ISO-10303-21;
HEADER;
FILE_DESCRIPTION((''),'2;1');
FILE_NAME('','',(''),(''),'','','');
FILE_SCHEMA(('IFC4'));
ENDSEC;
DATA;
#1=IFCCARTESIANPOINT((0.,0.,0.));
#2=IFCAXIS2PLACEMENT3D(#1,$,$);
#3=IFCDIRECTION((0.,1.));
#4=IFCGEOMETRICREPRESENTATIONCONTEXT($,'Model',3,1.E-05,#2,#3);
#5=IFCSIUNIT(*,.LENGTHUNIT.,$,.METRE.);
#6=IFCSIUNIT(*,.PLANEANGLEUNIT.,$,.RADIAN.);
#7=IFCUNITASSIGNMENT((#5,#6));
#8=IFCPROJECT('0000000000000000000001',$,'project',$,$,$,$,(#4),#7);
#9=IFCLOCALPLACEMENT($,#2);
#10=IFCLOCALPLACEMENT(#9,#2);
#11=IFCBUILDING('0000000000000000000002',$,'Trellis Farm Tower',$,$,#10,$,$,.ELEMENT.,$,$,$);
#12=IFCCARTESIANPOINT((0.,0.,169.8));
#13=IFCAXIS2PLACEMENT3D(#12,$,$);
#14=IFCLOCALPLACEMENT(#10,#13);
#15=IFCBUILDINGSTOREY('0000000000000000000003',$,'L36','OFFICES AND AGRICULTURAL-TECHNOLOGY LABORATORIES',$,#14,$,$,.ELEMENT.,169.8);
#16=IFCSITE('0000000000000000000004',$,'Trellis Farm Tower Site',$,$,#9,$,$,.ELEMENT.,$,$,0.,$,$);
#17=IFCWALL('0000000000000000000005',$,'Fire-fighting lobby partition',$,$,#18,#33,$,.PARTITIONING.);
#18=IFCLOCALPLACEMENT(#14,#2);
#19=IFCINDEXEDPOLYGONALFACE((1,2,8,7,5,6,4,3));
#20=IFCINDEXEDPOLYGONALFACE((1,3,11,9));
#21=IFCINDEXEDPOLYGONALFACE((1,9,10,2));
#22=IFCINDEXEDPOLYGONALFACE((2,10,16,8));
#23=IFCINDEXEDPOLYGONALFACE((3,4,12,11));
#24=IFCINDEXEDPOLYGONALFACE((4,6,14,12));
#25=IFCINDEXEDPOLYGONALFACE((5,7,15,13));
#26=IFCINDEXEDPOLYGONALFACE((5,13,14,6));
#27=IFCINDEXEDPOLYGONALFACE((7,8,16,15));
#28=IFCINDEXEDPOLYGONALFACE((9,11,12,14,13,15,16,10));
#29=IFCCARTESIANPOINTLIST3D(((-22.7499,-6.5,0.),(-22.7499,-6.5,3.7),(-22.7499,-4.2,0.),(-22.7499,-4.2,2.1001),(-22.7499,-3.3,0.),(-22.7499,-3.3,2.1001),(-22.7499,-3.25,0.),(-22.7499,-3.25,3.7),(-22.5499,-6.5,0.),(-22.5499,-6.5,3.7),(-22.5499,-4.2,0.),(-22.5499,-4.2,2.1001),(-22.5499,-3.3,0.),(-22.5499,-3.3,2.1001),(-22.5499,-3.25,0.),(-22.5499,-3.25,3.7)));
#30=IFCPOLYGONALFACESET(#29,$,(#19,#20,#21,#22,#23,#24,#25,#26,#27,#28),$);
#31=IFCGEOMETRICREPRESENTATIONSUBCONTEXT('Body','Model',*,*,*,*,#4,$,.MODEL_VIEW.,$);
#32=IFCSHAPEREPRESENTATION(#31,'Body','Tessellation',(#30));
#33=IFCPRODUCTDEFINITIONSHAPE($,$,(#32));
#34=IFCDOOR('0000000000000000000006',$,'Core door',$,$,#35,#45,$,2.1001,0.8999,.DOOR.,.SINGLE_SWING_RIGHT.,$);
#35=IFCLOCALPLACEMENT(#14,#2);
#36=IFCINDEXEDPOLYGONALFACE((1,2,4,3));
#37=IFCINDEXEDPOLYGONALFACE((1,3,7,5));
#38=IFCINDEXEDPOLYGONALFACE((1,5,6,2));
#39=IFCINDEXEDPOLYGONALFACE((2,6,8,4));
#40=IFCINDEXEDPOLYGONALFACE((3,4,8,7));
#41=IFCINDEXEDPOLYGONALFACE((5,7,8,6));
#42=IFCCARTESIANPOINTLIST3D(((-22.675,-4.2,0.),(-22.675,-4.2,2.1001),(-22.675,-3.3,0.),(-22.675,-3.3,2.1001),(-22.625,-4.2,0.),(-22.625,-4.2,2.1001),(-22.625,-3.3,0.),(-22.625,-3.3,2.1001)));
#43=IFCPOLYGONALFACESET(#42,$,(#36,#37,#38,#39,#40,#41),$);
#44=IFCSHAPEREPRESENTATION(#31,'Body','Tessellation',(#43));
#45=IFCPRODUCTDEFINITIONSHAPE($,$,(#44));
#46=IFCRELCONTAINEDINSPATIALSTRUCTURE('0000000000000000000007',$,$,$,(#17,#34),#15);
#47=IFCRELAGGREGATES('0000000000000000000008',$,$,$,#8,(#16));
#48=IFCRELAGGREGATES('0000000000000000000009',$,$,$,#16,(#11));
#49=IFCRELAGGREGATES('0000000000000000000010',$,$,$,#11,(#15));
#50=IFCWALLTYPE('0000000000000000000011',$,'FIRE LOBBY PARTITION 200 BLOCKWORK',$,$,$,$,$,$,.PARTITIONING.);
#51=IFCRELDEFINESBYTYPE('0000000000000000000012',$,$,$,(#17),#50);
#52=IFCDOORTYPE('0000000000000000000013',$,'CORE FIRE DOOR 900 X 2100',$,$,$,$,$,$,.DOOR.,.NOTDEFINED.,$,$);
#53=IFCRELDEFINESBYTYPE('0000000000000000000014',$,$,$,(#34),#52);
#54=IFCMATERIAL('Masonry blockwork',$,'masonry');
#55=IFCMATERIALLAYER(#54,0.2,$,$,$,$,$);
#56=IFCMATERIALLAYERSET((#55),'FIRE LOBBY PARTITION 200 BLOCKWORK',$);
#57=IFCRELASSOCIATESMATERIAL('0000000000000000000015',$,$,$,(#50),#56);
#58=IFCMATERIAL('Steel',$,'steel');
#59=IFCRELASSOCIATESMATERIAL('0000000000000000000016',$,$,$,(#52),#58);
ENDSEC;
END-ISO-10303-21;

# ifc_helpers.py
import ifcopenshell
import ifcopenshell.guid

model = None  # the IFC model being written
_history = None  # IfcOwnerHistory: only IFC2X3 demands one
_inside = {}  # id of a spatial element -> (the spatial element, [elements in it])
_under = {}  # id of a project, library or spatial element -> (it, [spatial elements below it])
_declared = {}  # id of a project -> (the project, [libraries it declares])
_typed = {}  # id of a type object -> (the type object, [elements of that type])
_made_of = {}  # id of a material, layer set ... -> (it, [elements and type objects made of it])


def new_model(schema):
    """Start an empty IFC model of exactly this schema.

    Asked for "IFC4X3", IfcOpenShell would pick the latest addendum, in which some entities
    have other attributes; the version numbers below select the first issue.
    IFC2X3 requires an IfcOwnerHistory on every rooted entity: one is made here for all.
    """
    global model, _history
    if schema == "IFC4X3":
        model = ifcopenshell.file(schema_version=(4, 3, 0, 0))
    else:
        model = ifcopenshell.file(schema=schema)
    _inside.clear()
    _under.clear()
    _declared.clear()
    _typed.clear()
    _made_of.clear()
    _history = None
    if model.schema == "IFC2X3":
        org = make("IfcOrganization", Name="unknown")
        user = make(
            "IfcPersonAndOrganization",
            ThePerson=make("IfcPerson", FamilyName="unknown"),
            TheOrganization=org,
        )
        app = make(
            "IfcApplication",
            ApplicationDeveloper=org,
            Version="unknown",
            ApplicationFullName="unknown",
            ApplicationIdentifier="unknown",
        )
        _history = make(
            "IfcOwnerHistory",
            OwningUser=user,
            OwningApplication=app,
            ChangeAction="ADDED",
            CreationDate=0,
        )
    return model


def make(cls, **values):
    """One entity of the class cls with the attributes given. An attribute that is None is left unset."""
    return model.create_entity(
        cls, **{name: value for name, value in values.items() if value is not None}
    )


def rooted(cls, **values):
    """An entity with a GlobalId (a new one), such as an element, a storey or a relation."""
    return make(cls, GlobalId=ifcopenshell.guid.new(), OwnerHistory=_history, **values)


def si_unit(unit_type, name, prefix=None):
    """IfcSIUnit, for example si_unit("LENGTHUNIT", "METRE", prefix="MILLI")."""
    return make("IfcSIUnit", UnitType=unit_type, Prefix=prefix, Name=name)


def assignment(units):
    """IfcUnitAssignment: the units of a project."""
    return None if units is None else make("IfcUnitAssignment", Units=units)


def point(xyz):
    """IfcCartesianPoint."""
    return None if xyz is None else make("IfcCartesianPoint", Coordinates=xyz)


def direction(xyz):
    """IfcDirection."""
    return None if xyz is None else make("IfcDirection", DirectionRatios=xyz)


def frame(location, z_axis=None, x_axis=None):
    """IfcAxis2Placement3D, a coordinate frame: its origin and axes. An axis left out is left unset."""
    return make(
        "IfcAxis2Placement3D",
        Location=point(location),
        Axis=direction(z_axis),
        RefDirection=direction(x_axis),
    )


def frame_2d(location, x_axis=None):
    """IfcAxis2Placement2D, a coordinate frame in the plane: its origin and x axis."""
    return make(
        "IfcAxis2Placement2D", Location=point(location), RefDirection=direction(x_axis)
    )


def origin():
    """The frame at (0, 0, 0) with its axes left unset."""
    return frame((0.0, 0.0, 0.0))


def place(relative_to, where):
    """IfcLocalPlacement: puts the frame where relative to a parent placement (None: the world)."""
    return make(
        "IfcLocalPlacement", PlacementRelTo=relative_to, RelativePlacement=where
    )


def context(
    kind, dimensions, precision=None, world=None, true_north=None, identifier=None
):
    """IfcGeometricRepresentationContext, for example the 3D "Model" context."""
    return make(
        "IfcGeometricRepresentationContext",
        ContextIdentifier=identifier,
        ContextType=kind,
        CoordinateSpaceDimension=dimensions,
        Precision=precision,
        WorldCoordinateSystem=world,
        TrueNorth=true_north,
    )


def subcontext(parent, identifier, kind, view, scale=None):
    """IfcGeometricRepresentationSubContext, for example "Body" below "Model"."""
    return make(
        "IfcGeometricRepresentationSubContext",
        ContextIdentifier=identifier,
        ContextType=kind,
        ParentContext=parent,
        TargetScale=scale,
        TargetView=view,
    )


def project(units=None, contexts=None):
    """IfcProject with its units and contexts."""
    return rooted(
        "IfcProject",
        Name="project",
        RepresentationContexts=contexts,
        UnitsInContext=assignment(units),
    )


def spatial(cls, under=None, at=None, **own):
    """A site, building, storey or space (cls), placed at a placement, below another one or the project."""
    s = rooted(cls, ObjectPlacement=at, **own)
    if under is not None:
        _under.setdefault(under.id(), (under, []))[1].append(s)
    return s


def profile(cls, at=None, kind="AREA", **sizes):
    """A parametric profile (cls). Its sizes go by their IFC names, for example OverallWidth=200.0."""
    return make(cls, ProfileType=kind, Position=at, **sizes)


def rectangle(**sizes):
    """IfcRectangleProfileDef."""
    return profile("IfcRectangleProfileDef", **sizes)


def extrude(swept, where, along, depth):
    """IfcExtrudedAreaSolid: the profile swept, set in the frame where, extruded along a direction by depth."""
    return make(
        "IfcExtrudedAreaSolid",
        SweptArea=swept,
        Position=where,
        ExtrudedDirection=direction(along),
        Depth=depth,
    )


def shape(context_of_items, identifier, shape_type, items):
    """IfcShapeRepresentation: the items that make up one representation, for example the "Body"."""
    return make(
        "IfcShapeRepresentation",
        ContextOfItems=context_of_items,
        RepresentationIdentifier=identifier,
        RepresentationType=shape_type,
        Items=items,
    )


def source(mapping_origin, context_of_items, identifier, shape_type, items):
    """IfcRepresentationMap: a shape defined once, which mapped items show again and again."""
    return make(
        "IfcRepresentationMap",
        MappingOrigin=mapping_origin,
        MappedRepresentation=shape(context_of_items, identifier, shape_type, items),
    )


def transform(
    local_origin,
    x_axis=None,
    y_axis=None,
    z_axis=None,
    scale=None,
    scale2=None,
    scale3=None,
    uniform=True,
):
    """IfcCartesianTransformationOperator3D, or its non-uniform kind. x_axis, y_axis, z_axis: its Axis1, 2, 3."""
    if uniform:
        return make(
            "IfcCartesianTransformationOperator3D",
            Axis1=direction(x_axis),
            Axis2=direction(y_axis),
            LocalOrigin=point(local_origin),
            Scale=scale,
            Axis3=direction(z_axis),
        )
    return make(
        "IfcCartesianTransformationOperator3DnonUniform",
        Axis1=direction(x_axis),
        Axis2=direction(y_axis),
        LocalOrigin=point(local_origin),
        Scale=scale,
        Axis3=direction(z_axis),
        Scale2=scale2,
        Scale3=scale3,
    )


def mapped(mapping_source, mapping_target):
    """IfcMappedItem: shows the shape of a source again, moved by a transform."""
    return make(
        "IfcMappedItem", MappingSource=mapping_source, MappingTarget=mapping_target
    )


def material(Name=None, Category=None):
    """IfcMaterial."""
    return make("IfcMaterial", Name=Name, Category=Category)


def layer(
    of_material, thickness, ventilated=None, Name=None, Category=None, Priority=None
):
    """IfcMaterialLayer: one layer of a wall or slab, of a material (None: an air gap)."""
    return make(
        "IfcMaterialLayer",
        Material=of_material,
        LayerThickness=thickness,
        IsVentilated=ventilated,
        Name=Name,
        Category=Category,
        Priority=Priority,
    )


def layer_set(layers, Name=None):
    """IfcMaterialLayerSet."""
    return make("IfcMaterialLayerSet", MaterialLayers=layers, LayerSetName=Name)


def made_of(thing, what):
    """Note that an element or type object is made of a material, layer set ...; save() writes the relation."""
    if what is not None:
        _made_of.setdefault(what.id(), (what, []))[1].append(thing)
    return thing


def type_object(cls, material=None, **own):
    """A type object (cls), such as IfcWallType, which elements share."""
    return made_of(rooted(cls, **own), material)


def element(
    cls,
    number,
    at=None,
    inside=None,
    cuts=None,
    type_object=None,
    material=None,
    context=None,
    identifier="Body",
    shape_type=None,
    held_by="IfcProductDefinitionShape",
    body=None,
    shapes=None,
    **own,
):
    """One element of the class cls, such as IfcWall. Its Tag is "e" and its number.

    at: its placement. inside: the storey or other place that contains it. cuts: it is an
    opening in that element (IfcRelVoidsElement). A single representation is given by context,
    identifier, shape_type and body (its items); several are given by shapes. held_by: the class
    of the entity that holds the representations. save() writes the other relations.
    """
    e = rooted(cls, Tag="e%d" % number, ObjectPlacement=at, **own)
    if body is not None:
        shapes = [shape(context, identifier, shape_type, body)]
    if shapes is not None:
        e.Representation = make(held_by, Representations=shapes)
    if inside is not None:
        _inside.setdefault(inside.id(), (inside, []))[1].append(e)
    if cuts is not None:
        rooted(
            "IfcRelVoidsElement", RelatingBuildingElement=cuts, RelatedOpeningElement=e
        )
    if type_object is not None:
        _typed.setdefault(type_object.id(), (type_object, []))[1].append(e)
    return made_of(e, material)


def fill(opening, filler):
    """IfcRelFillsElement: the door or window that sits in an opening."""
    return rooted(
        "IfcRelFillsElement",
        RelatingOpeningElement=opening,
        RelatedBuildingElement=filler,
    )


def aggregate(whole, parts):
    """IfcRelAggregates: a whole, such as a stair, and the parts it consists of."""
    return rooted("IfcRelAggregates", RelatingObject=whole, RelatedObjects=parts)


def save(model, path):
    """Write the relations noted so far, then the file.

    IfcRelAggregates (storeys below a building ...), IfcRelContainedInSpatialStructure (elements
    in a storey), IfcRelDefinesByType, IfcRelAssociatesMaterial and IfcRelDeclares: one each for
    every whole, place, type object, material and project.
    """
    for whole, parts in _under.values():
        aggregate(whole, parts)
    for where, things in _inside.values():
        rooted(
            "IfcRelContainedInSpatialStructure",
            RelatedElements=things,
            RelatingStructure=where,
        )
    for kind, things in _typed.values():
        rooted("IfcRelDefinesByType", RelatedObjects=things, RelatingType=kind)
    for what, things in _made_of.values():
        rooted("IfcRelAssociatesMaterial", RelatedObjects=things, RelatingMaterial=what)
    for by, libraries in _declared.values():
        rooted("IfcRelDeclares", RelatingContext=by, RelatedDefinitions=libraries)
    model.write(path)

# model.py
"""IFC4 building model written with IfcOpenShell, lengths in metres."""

from ifc_helpers import new_model, si_unit, direction, frame, frame_2d, origin, place, context, subcontext, project, spatial, rectangle, extrude, source, transform, mapped, material, layer, layer_set, type_object, element, fill, save


model = new_model("IFC4")

# Units and contexts
model_context = context("Model", 3, precision=1e-05, world=origin(), true_north=direction((0.0, 1.0)))
body_context = subcontext(model_context, "Body", "Model", "MODEL_VIEW")
ifc_project = project(units=[si_unit("LENGTHUNIT", "METRE"), si_unit("PLANEANGLEUNIT", "RADIAN")], contexts=[model_context])

# Site, building, storey
site_placement = place(None, origin())
site = spatial("IfcSite", under=ifc_project, at=site_placement, Name="Trellis Farm Tower Site", CompositionType="ELEMENT", RefElevation=0.0)
building_placement = place(site_placement, origin())
building = spatial("IfcBuilding", under=site, at=building_placement, Name="Trellis Farm Tower", CompositionType="ELEMENT")
storey_placement = place(building_placement, frame((0.0, 0.0, 169.8)))
storey = spatial("IfcBuildingStorey", under=building, at=storey_placement, Name="L36", Description="OFFICES AND AGRICULTURAL-TECHNOLOGY LABORATORIES", CompositionType="ELEMENT", Elevation=169.8)

# Wall, opening, door
ifc_material_1 = material(Name="Masonry blockwork", Category="masonry")
ifc_layer_1 = layer(ifc_material_1, 0.2)
ifc_layer_set_1 = layer_set([ifc_layer_1], Name="FIRE LOBBY PARTITION 200 BLOCKWORK")
wall_type_1 = type_object("IfcWallType", Name="FIRE LOBBY PARTITION 200 BLOCKWORK", PredefinedType="PARTITIONING", material=ifc_layer_set_1)
shared_shape_1 = source(origin(), body_context, "Body", "SweptSolid", [
    extrude(rectangle(XDim=3.25, YDim=0.2, at=frame_2d((1.625, 0.0))), origin(), (0.0, 0.0, 1.0), 3.7),
])
ifc_material_2 = material(Name="Steel", Category="steel")
wall_1_placement = place(storey_placement, frame((-22.6499, -3.25, 0.0), z_axis=(0.0, 0.0, 1.0), x_axis=(0.0, -1.0, 0.0)))
wall_1 = element("IfcWall", 1, at=wall_1_placement, inside=storey, type_object=wall_type_1, Name="Fire-fighting lobby partition", PredefinedType="PARTITIONING", context=body_context, shape_type="MappedRepresentation", body=[
    mapped(shared_shape_1, transform((0.0, 0.0, 0.0))),
])
shared_shape_2 = source(origin(), body_context, "Body", "SweptSolid", [
    extrude(rectangle(XDim=0.8999, YDim=2.1001, at=frame_2d((0.45, 1.05))), frame((0.0, 0.1101, 0.0), z_axis=(0.0, -1.0, 0.0), x_axis=(1.0, 0.0, 0.0)), (0.0, 0.0, 1.0), 0.2202),
])
opening_1_placement = place(wall_1_placement, frame((0.05, 0.0, 0.0)))
opening_1 = element("IfcOpeningElement", 2, at=opening_1_placement, cuts=wall_1, PredefinedType="OPENING", context=body_context, shape_type="MappedRepresentation", body=[
    mapped(shared_shape_2, transform((0.0, 0.0, 0.0))),
])
door_type_1 = type_object("IfcDoorType", Name="CORE FIRE DOOR 900 X 2100", OperationType="NOTDEFINED", PredefinedType="DOOR", material=ifc_material_2)
shared_shape_3 = source(origin(), body_context, "Body", "SweptSolid", [
    extrude(rectangle(XDim=0.8999, YDim=2.1001, at=frame_2d((0.45, 1.05))), frame((0.0, 0.0249, 0.0), z_axis=(0.0, -1.0, 0.0), x_axis=(1.0, 0.0, 0.0)), (0.0, 0.0, 1.0), 0.05),
])
door_1_placement = place(opening_1_placement, origin())
door_1 = element("IfcDoor", 3, at=door_1_placement, inside=storey, type_object=door_type_1, Name="Core door", OperationType="SINGLE_SWING_RIGHT", OverallHeight=2.1001, OverallWidth=0.8999, PredefinedType="DOOR", context=body_context, shape_type="MappedRepresentation", body=[
    mapped(shared_shape_3, transform((0.0, 0.0, 0.0))),
])
fill(opening_1, door_1)

save(model, "model.ifc")
